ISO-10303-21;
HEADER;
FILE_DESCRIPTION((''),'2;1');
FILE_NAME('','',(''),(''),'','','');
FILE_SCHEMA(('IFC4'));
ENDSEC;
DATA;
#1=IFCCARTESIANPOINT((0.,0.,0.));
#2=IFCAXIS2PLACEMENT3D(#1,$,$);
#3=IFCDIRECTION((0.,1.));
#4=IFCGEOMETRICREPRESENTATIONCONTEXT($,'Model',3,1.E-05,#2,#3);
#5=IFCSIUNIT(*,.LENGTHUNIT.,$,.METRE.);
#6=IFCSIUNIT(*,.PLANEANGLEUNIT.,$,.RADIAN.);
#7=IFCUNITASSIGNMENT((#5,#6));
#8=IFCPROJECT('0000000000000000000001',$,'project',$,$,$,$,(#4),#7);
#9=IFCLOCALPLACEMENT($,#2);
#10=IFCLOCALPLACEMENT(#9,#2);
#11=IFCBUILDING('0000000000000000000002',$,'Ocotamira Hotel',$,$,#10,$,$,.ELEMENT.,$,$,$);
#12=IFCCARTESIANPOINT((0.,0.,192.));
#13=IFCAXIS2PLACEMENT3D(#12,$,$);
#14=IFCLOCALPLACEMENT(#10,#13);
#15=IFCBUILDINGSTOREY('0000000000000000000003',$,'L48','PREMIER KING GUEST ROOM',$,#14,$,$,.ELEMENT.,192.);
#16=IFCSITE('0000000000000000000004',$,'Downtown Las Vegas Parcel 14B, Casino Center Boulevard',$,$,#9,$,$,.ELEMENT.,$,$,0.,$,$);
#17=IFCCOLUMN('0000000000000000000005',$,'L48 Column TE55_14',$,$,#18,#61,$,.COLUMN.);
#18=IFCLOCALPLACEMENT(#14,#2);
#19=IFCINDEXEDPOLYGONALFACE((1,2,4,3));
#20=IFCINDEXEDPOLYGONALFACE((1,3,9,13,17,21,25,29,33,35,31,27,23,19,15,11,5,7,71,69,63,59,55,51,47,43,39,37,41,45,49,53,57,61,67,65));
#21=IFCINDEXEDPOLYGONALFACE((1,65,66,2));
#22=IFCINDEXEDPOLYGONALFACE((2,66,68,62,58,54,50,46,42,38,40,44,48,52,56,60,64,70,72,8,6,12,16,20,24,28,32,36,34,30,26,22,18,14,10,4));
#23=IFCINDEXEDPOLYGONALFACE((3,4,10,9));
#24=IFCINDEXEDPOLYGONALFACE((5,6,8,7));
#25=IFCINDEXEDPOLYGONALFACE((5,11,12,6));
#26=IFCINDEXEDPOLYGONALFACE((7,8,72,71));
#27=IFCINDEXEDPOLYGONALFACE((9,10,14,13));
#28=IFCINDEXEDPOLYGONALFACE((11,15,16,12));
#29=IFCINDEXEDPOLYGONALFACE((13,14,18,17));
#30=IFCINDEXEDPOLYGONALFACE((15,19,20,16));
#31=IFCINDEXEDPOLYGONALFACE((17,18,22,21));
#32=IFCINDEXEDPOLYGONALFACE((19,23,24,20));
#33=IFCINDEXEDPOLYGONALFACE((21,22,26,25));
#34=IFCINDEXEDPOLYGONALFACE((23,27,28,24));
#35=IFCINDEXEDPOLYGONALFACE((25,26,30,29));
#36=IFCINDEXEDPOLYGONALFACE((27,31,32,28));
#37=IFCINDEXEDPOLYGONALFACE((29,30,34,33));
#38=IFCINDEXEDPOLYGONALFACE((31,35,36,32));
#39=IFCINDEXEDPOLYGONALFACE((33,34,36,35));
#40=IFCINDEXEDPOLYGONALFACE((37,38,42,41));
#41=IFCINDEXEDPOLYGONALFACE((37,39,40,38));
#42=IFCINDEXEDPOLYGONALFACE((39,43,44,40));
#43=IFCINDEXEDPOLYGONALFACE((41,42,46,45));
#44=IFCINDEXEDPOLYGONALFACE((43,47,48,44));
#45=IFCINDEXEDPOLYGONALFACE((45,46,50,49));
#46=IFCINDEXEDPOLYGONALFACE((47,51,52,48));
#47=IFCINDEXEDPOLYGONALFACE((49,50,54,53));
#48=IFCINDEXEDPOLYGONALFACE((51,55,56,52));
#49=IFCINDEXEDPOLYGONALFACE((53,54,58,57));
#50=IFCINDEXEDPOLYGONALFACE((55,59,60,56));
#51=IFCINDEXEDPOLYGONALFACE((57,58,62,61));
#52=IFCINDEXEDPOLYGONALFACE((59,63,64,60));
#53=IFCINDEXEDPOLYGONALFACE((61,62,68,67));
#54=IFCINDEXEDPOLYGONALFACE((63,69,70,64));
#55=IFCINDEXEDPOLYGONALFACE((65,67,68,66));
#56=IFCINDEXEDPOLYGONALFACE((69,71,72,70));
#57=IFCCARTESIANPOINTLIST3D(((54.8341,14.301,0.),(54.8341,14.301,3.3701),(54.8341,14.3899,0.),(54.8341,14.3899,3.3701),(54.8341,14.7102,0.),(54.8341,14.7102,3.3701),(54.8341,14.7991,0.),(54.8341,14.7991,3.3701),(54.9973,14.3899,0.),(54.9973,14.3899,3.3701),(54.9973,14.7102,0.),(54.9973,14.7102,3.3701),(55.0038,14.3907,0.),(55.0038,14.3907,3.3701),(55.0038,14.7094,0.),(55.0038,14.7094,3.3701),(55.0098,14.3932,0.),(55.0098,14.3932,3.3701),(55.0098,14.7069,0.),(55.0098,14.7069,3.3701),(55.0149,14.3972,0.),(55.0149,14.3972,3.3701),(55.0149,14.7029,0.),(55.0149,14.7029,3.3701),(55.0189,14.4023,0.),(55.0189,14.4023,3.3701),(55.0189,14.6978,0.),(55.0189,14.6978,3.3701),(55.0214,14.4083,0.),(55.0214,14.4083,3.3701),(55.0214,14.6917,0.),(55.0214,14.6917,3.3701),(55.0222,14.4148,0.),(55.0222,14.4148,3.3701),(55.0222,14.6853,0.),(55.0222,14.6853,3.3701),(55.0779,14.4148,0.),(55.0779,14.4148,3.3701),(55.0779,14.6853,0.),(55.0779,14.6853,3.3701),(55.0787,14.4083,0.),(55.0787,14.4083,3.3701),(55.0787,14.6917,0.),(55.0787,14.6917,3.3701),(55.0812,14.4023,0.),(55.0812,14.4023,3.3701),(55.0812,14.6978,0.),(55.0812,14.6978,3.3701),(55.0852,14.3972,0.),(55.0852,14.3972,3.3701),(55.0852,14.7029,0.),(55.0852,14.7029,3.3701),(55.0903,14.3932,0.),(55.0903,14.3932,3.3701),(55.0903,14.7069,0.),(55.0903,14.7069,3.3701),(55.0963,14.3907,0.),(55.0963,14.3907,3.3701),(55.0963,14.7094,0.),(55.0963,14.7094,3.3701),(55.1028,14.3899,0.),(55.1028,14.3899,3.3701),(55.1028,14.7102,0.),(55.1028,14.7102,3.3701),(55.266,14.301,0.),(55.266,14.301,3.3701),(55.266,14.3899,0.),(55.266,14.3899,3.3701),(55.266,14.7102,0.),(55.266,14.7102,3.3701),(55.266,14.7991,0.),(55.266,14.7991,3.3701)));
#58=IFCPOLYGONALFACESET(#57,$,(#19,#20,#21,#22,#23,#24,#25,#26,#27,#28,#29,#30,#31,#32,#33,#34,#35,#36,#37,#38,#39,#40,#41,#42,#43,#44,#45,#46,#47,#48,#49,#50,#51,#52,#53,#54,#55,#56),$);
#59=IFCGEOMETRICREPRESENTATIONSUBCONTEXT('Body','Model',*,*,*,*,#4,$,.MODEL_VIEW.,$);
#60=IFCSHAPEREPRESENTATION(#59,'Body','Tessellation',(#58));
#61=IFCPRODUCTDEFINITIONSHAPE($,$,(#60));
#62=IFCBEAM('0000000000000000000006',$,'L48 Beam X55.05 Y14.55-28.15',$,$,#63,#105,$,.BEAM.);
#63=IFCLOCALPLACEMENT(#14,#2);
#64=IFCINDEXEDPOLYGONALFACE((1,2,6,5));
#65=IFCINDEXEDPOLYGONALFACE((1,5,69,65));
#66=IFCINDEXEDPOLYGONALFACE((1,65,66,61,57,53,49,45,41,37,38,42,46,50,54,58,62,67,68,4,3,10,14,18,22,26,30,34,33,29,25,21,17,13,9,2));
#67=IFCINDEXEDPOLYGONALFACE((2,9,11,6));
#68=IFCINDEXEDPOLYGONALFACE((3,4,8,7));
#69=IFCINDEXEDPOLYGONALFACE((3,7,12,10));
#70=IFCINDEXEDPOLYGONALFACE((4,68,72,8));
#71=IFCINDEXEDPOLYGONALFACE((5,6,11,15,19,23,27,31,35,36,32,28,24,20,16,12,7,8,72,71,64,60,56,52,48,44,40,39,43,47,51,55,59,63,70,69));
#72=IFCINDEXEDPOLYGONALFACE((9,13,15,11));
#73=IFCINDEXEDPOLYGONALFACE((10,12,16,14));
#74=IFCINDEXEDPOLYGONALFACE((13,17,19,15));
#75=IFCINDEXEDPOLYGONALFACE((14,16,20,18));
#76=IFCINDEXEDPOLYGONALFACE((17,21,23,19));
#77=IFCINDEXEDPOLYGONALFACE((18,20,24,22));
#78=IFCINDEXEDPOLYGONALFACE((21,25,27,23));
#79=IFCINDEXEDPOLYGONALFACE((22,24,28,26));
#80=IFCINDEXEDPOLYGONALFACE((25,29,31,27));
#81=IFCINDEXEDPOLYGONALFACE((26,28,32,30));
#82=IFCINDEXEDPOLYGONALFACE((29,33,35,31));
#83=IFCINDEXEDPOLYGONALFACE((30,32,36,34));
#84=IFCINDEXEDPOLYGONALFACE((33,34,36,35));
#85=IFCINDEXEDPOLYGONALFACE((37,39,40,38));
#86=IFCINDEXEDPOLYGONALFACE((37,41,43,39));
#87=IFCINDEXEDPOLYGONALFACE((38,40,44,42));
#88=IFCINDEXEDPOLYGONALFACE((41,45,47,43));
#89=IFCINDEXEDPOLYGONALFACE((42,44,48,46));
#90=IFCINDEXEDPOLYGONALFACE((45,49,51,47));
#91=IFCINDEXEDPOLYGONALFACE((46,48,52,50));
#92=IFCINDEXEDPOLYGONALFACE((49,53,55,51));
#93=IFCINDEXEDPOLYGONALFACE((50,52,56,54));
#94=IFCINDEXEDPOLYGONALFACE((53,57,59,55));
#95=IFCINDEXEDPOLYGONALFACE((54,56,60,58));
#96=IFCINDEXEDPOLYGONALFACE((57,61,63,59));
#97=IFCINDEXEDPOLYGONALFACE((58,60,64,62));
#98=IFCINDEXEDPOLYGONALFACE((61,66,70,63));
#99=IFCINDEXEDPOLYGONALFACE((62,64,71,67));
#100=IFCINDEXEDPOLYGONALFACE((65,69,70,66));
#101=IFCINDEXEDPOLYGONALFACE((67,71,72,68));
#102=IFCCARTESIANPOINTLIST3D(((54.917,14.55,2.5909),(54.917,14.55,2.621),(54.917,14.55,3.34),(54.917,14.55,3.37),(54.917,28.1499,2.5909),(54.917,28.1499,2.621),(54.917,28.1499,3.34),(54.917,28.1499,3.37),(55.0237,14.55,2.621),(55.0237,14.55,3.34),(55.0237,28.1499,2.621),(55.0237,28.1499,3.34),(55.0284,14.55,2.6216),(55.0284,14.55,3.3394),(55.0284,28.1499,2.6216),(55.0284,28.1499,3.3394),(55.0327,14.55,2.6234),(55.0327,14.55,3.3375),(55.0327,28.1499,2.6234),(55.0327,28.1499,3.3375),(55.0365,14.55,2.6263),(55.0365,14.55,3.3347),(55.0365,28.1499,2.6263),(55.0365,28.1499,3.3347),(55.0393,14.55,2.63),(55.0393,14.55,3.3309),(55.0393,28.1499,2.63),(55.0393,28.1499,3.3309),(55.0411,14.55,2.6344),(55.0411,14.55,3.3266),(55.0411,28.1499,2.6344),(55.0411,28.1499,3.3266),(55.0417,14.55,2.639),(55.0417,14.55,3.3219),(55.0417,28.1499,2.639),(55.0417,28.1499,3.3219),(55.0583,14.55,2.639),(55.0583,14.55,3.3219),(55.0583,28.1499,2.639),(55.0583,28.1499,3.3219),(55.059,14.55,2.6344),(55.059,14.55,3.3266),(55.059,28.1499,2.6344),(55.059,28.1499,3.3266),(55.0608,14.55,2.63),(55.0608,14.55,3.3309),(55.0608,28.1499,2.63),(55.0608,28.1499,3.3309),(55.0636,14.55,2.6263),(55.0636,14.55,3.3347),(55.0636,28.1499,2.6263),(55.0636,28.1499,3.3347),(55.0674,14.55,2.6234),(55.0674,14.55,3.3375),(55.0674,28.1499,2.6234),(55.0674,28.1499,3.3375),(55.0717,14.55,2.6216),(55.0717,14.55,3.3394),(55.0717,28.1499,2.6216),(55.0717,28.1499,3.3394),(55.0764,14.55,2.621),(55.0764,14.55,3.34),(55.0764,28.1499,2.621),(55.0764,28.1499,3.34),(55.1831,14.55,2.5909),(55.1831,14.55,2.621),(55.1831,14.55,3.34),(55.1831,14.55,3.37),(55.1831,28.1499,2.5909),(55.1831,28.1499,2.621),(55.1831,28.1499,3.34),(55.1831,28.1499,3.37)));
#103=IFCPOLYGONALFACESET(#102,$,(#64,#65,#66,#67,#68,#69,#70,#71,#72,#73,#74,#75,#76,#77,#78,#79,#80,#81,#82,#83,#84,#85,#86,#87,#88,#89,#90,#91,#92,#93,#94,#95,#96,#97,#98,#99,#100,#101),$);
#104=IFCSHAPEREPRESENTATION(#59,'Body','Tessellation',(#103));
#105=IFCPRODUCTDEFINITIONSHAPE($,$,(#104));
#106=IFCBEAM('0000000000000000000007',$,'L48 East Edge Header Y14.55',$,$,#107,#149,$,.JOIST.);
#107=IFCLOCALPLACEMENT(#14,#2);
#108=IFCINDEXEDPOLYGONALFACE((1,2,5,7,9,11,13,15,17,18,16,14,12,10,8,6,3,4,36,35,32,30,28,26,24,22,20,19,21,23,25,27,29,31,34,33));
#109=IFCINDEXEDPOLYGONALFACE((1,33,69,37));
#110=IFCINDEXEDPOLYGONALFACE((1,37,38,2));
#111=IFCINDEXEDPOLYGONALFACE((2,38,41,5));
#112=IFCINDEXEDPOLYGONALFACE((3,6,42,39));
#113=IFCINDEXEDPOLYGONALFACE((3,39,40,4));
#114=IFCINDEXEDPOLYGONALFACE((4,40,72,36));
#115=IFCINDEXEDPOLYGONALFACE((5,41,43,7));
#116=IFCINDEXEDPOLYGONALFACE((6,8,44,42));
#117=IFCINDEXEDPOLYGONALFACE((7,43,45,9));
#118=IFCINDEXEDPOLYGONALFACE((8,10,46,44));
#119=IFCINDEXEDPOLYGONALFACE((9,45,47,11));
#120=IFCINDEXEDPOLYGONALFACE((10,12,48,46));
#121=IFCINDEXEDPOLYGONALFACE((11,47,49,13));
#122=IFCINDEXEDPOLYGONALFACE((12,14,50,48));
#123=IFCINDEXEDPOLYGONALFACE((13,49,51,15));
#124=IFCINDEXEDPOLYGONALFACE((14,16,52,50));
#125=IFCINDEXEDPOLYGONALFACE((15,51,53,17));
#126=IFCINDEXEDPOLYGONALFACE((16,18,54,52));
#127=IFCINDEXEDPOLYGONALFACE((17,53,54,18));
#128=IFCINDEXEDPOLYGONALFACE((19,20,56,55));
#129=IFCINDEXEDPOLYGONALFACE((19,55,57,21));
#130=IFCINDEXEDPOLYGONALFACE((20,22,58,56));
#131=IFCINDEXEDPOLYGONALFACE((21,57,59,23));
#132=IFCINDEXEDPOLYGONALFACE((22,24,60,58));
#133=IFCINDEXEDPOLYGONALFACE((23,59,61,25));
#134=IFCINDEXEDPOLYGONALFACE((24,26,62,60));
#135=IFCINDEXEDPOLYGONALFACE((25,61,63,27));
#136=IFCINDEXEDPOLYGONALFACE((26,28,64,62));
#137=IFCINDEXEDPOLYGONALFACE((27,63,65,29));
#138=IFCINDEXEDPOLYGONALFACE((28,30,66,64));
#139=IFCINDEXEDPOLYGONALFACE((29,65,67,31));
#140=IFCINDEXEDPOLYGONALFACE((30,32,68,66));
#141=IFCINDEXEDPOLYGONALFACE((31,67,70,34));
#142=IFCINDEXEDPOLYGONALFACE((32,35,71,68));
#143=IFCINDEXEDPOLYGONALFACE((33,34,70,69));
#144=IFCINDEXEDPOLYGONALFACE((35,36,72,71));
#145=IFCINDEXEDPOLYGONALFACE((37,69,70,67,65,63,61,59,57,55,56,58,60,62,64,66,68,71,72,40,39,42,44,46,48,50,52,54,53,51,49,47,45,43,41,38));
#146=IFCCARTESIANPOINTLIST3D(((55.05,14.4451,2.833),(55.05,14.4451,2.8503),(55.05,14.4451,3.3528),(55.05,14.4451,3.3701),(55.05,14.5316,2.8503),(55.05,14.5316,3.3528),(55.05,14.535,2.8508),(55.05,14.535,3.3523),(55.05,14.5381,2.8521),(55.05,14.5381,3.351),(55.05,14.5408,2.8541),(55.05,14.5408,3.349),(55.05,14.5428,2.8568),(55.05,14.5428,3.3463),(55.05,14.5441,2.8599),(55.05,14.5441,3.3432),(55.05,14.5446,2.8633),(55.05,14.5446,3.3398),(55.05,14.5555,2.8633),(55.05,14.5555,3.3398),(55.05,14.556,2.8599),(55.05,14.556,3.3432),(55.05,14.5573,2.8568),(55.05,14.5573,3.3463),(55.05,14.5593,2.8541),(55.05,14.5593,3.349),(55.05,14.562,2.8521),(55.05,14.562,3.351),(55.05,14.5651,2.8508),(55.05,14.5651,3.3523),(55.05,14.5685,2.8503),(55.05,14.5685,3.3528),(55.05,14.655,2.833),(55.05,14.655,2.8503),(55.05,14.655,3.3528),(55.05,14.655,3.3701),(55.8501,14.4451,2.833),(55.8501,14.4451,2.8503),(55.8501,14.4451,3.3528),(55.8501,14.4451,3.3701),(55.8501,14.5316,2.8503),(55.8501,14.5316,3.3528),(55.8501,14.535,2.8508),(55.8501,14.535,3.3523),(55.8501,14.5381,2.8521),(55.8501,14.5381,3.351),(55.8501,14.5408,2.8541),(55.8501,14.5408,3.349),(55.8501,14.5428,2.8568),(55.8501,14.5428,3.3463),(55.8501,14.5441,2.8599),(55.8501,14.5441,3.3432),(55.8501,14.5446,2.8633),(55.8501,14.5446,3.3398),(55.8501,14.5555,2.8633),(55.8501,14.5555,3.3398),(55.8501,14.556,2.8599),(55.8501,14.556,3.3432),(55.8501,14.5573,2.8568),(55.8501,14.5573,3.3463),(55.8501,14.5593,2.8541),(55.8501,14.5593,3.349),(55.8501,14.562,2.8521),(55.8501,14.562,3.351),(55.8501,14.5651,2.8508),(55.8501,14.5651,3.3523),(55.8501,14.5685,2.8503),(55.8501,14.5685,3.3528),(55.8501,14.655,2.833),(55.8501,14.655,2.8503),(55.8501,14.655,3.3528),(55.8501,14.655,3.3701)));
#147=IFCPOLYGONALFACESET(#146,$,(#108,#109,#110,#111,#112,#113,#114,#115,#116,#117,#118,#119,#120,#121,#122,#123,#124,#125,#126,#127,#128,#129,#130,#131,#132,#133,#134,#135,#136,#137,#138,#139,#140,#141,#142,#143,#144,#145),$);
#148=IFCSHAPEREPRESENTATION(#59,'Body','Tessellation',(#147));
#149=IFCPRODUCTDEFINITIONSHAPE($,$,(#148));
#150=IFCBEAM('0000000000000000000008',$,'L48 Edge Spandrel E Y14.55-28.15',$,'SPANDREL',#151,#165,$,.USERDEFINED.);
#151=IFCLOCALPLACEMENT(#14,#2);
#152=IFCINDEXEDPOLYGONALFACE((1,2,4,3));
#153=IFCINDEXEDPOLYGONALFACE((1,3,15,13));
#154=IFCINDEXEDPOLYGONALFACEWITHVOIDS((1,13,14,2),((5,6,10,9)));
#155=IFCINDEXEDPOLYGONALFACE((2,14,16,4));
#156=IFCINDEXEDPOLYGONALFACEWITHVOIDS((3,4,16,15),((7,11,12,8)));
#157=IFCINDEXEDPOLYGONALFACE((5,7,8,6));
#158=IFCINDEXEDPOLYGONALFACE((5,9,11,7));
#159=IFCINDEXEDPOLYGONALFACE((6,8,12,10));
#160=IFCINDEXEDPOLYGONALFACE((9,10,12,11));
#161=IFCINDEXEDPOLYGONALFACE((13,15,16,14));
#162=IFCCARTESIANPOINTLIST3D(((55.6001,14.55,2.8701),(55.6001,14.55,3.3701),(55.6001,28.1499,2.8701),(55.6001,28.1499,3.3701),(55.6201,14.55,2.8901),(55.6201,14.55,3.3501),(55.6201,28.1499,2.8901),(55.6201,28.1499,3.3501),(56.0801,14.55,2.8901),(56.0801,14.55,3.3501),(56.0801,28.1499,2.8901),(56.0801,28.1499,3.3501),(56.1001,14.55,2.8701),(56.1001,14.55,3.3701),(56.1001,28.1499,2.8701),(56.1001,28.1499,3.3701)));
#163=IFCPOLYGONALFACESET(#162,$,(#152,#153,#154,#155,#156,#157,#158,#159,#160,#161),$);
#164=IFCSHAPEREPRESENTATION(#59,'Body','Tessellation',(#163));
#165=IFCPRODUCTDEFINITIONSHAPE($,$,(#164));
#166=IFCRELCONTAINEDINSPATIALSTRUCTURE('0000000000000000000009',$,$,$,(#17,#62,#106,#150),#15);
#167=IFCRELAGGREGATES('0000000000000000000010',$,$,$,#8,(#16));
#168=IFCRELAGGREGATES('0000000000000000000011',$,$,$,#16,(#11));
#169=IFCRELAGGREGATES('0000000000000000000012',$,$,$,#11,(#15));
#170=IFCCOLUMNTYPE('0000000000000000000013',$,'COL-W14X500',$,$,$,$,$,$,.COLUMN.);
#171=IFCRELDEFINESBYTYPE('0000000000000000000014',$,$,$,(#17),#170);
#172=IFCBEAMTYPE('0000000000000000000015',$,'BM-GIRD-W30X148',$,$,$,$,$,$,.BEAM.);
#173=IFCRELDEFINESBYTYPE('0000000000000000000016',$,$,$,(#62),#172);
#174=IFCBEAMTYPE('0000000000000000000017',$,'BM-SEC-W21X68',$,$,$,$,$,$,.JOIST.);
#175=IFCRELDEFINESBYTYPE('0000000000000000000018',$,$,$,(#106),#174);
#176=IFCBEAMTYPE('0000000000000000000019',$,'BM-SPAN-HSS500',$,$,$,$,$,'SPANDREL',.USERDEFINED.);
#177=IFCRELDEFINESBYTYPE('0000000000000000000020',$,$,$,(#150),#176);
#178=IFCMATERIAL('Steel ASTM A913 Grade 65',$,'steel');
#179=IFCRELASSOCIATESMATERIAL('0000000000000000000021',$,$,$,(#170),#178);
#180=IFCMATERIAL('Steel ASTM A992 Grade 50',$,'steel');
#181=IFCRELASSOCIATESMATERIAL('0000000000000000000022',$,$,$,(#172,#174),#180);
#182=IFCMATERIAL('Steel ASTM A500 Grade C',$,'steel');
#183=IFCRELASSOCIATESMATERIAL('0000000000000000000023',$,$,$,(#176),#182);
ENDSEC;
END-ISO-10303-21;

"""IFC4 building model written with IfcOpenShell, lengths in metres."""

from ifc_helpers import new_model, si_unit, direction, frame, origin, origin_2d, place, context, subcontext, project, spatial, hollow_rectangle, i_section, extrude, source, transform, mapped, material, material_profile, profile_set, type_object, element, save


model = new_model("IFC4")

# Units and contexts
model_context = context("Model", 3, precision=1e-05, world=origin(), true_north=direction((0.0, 1.0)))
body_context = subcontext(model_context, "Body", "Model", "MODEL_VIEW")
ifc_project = project(units=[si_unit("LENGTHUNIT", "METRE"), si_unit("PLANEANGLEUNIT", "RADIAN")], contexts=[model_context])

# Site, building, storey
site_placement = place(None, origin())
site = spatial("IfcSite", under=ifc_project, at=site_placement, Name="Downtown Las Vegas Parcel 14B, Casino Center Boulevard", CompositionType="ELEMENT", RefElevation=0.0)
building_placement = place(site_placement, origin())
building = spatial("IfcBuilding", under=site, at=building_placement, Name="Ocotamira Hotel", CompositionType="ELEMENT")
storey_placement = place(building_placement, frame((0.0, 0.0, 192.0)))
storey = spatial("IfcBuildingStorey", under=building, at=storey_placement, Name="L48", Description="PREMIER KING GUEST ROOM", CompositionType="ELEMENT", Elevation=192.0)

# Column
ifc_material_1 = material(Name="Steel ASTM A913 Grade 65", Category="steel")
ifc_material_profile_1 = material_profile(ifc_material_1, i_section(OverallWidth=0.4319, OverallDepth=0.498, WebThickness=0.0557, FlangeThickness=0.0889, FilletRadius=0.0249, at=origin_2d()), Name="W14X500")
ifc_profile_set_1 = profile_set([ifc_material_profile_1], Name="Steel ASTM A913 Grade 65")
column_type = type_object("IfcColumnType", Name="COL-W14X500", PredefinedType="COLUMN", material=ifc_profile_set_1)
shared_shape_1 = source(origin(), body_context, "Body", "SweptSolid", [
    extrude(i_section(OverallWidth=0.4319, OverallDepth=0.498, WebThickness=0.0557, FlangeThickness=0.0889, FilletRadius=0.0249, at=origin_2d()), origin(), (0.0, 0.0, 1.0), 3.3701),
])
column_placement = place(storey_placement, frame((55.05, 14.55, 0.0), z_axis=(0.0, 0.0, 1.0), x_axis=(1.0, 0.0, 0.0)))
element("IfcColumn", 1, at=column_placement, inside=storey, type_object=column_type, Name="L48 Column TE55_14", PredefinedType="COLUMN", context=body_context, shape_type="MappedRepresentation", body=[
    mapped(shared_shape_1, transform((0.0, 0.0, 0.0), scale=1.0)),
])

# Beams
ifc_material_2 = material(Name="Steel ASTM A992 Grade 50", Category="steel")
ifc_material_profile_2 = material_profile(ifc_material_2, i_section(OverallWidth=0.2661, OverallDepth=0.7791, WebThickness=0.0166, FlangeThickness=0.03, FilletRadius=0.0181, at=origin_2d()), Name="W30X148")
ifc_profile_set_2 = profile_set([ifc_material_profile_2], Name="Steel ASTM A992 Grade 50")
beam_type_1 = type_object("IfcBeamType", Name="BM-GIRD-W30X148", PredefinedType="BEAM", material=ifc_profile_set_2)
shared_shape_2 = source(origin(), body_context, "Body", "SweptSolid", [
    extrude(i_section(OverallWidth=0.2661, OverallDepth=0.7791, WebThickness=0.0166, FlangeThickness=0.03, FilletRadius=0.0181, at=origin_2d()), origin(), (0.0, 0.0, 1.0), 13.5999),
])
beam_1_placement = place(storey_placement, frame((55.05, 14.55, 2.9805), z_axis=(0.0, 1.0, 0.0), x_axis=(-1.0, 0.0, 0.0)))
element("IfcBeam", 2, at=beam_1_placement, inside=storey, type_object=beam_type_1, Name="L48 Beam X55.05 Y14.55-28.15", PredefinedType="BEAM", context=body_context, shape_type="MappedRepresentation", body=[
    mapped(shared_shape_2, transform((0.0, 0.0, 0.0), scale=1.0)),
])
ifc_material_profile_3 = material_profile(ifc_material_2, i_section(OverallWidth=0.21, OverallDepth=0.5371, WebThickness=0.011, FlangeThickness=0.0173, FilletRadius=0.0129, at=origin_2d()), Name="W21X68")
ifc_profile_set_3 = profile_set([ifc_material_profile_3], Name="Steel ASTM A992 Grade 50")
beam_type_2 = type_object("IfcBeamType", Name="BM-SEC-W21X68", PredefinedType="JOIST", material=ifc_profile_set_3)
shared_shape_3 = source(origin(), body_context, "Body", "SweptSolid", [
    extrude(i_section(OverallWidth=0.21, OverallDepth=0.5371, WebThickness=0.011, FlangeThickness=0.0173, FilletRadius=0.0129, at=origin_2d()), origin(), (0.0, 0.0, 1.0), 0.8),
])
beam_2_placement = place(storey_placement, frame((55.05, 14.55, 3.1016), z_axis=(1.0, 0.0, 0.0), x_axis=(0.0, 1.0, 0.0)))
element("IfcBeam", 3, at=beam_2_placement, inside=storey, type_object=beam_type_2, Name="L48 East Edge Header Y14.55", PredefinedType="JOIST", context=body_context, shape_type="MappedRepresentation", body=[
    mapped(shared_shape_3, transform((0.0, 0.0, 0.0), scale=1.0)),
])
ifc_material_3 = material(Name="Steel ASTM A500 Grade C", Category="steel")
ifc_material_profile_4 = material_profile(ifc_material_3, hollow_rectangle(XDim=0.5, YDim=0.5, WallThickness=0.02, at=origin_2d()), Name="HSS500X500X20")
ifc_profile_set_4 = profile_set([ifc_material_profile_4], Name="Steel ASTM A500 Grade C")
beam_type_3 = type_object("IfcBeamType", Name="BM-SPAN-HSS500", ElementType="SPANDREL", PredefinedType="USERDEFINED", material=ifc_profile_set_4)
shared_shape_4 = source(origin(), body_context, "Body", "SweptSolid", [
    extrude(hollow_rectangle(XDim=0.5, YDim=0.5, WallThickness=0.02, at=origin_2d()), origin(), (0.0, 0.0, 1.0), 13.5999),
])
beam_3_placement = place(storey_placement, frame((55.8501, 14.55, 3.1201), z_axis=(0.0, 1.0, 0.0), x_axis=(-1.0, 0.0, 0.0)))
element("IfcBeam", 4, at=beam_3_placement, inside=storey, type_object=beam_type_3, Name="L48 Edge Spandrel E Y14.55-28.15", ObjectType="SPANDREL", PredefinedType="USERDEFINED", context=body_context, shape_type="MappedRepresentation", body=[
    mapped(shared_shape_4, transform((0.0, 0.0, 0.0), scale=1.0)),
])

save(model, "model.ifc")
